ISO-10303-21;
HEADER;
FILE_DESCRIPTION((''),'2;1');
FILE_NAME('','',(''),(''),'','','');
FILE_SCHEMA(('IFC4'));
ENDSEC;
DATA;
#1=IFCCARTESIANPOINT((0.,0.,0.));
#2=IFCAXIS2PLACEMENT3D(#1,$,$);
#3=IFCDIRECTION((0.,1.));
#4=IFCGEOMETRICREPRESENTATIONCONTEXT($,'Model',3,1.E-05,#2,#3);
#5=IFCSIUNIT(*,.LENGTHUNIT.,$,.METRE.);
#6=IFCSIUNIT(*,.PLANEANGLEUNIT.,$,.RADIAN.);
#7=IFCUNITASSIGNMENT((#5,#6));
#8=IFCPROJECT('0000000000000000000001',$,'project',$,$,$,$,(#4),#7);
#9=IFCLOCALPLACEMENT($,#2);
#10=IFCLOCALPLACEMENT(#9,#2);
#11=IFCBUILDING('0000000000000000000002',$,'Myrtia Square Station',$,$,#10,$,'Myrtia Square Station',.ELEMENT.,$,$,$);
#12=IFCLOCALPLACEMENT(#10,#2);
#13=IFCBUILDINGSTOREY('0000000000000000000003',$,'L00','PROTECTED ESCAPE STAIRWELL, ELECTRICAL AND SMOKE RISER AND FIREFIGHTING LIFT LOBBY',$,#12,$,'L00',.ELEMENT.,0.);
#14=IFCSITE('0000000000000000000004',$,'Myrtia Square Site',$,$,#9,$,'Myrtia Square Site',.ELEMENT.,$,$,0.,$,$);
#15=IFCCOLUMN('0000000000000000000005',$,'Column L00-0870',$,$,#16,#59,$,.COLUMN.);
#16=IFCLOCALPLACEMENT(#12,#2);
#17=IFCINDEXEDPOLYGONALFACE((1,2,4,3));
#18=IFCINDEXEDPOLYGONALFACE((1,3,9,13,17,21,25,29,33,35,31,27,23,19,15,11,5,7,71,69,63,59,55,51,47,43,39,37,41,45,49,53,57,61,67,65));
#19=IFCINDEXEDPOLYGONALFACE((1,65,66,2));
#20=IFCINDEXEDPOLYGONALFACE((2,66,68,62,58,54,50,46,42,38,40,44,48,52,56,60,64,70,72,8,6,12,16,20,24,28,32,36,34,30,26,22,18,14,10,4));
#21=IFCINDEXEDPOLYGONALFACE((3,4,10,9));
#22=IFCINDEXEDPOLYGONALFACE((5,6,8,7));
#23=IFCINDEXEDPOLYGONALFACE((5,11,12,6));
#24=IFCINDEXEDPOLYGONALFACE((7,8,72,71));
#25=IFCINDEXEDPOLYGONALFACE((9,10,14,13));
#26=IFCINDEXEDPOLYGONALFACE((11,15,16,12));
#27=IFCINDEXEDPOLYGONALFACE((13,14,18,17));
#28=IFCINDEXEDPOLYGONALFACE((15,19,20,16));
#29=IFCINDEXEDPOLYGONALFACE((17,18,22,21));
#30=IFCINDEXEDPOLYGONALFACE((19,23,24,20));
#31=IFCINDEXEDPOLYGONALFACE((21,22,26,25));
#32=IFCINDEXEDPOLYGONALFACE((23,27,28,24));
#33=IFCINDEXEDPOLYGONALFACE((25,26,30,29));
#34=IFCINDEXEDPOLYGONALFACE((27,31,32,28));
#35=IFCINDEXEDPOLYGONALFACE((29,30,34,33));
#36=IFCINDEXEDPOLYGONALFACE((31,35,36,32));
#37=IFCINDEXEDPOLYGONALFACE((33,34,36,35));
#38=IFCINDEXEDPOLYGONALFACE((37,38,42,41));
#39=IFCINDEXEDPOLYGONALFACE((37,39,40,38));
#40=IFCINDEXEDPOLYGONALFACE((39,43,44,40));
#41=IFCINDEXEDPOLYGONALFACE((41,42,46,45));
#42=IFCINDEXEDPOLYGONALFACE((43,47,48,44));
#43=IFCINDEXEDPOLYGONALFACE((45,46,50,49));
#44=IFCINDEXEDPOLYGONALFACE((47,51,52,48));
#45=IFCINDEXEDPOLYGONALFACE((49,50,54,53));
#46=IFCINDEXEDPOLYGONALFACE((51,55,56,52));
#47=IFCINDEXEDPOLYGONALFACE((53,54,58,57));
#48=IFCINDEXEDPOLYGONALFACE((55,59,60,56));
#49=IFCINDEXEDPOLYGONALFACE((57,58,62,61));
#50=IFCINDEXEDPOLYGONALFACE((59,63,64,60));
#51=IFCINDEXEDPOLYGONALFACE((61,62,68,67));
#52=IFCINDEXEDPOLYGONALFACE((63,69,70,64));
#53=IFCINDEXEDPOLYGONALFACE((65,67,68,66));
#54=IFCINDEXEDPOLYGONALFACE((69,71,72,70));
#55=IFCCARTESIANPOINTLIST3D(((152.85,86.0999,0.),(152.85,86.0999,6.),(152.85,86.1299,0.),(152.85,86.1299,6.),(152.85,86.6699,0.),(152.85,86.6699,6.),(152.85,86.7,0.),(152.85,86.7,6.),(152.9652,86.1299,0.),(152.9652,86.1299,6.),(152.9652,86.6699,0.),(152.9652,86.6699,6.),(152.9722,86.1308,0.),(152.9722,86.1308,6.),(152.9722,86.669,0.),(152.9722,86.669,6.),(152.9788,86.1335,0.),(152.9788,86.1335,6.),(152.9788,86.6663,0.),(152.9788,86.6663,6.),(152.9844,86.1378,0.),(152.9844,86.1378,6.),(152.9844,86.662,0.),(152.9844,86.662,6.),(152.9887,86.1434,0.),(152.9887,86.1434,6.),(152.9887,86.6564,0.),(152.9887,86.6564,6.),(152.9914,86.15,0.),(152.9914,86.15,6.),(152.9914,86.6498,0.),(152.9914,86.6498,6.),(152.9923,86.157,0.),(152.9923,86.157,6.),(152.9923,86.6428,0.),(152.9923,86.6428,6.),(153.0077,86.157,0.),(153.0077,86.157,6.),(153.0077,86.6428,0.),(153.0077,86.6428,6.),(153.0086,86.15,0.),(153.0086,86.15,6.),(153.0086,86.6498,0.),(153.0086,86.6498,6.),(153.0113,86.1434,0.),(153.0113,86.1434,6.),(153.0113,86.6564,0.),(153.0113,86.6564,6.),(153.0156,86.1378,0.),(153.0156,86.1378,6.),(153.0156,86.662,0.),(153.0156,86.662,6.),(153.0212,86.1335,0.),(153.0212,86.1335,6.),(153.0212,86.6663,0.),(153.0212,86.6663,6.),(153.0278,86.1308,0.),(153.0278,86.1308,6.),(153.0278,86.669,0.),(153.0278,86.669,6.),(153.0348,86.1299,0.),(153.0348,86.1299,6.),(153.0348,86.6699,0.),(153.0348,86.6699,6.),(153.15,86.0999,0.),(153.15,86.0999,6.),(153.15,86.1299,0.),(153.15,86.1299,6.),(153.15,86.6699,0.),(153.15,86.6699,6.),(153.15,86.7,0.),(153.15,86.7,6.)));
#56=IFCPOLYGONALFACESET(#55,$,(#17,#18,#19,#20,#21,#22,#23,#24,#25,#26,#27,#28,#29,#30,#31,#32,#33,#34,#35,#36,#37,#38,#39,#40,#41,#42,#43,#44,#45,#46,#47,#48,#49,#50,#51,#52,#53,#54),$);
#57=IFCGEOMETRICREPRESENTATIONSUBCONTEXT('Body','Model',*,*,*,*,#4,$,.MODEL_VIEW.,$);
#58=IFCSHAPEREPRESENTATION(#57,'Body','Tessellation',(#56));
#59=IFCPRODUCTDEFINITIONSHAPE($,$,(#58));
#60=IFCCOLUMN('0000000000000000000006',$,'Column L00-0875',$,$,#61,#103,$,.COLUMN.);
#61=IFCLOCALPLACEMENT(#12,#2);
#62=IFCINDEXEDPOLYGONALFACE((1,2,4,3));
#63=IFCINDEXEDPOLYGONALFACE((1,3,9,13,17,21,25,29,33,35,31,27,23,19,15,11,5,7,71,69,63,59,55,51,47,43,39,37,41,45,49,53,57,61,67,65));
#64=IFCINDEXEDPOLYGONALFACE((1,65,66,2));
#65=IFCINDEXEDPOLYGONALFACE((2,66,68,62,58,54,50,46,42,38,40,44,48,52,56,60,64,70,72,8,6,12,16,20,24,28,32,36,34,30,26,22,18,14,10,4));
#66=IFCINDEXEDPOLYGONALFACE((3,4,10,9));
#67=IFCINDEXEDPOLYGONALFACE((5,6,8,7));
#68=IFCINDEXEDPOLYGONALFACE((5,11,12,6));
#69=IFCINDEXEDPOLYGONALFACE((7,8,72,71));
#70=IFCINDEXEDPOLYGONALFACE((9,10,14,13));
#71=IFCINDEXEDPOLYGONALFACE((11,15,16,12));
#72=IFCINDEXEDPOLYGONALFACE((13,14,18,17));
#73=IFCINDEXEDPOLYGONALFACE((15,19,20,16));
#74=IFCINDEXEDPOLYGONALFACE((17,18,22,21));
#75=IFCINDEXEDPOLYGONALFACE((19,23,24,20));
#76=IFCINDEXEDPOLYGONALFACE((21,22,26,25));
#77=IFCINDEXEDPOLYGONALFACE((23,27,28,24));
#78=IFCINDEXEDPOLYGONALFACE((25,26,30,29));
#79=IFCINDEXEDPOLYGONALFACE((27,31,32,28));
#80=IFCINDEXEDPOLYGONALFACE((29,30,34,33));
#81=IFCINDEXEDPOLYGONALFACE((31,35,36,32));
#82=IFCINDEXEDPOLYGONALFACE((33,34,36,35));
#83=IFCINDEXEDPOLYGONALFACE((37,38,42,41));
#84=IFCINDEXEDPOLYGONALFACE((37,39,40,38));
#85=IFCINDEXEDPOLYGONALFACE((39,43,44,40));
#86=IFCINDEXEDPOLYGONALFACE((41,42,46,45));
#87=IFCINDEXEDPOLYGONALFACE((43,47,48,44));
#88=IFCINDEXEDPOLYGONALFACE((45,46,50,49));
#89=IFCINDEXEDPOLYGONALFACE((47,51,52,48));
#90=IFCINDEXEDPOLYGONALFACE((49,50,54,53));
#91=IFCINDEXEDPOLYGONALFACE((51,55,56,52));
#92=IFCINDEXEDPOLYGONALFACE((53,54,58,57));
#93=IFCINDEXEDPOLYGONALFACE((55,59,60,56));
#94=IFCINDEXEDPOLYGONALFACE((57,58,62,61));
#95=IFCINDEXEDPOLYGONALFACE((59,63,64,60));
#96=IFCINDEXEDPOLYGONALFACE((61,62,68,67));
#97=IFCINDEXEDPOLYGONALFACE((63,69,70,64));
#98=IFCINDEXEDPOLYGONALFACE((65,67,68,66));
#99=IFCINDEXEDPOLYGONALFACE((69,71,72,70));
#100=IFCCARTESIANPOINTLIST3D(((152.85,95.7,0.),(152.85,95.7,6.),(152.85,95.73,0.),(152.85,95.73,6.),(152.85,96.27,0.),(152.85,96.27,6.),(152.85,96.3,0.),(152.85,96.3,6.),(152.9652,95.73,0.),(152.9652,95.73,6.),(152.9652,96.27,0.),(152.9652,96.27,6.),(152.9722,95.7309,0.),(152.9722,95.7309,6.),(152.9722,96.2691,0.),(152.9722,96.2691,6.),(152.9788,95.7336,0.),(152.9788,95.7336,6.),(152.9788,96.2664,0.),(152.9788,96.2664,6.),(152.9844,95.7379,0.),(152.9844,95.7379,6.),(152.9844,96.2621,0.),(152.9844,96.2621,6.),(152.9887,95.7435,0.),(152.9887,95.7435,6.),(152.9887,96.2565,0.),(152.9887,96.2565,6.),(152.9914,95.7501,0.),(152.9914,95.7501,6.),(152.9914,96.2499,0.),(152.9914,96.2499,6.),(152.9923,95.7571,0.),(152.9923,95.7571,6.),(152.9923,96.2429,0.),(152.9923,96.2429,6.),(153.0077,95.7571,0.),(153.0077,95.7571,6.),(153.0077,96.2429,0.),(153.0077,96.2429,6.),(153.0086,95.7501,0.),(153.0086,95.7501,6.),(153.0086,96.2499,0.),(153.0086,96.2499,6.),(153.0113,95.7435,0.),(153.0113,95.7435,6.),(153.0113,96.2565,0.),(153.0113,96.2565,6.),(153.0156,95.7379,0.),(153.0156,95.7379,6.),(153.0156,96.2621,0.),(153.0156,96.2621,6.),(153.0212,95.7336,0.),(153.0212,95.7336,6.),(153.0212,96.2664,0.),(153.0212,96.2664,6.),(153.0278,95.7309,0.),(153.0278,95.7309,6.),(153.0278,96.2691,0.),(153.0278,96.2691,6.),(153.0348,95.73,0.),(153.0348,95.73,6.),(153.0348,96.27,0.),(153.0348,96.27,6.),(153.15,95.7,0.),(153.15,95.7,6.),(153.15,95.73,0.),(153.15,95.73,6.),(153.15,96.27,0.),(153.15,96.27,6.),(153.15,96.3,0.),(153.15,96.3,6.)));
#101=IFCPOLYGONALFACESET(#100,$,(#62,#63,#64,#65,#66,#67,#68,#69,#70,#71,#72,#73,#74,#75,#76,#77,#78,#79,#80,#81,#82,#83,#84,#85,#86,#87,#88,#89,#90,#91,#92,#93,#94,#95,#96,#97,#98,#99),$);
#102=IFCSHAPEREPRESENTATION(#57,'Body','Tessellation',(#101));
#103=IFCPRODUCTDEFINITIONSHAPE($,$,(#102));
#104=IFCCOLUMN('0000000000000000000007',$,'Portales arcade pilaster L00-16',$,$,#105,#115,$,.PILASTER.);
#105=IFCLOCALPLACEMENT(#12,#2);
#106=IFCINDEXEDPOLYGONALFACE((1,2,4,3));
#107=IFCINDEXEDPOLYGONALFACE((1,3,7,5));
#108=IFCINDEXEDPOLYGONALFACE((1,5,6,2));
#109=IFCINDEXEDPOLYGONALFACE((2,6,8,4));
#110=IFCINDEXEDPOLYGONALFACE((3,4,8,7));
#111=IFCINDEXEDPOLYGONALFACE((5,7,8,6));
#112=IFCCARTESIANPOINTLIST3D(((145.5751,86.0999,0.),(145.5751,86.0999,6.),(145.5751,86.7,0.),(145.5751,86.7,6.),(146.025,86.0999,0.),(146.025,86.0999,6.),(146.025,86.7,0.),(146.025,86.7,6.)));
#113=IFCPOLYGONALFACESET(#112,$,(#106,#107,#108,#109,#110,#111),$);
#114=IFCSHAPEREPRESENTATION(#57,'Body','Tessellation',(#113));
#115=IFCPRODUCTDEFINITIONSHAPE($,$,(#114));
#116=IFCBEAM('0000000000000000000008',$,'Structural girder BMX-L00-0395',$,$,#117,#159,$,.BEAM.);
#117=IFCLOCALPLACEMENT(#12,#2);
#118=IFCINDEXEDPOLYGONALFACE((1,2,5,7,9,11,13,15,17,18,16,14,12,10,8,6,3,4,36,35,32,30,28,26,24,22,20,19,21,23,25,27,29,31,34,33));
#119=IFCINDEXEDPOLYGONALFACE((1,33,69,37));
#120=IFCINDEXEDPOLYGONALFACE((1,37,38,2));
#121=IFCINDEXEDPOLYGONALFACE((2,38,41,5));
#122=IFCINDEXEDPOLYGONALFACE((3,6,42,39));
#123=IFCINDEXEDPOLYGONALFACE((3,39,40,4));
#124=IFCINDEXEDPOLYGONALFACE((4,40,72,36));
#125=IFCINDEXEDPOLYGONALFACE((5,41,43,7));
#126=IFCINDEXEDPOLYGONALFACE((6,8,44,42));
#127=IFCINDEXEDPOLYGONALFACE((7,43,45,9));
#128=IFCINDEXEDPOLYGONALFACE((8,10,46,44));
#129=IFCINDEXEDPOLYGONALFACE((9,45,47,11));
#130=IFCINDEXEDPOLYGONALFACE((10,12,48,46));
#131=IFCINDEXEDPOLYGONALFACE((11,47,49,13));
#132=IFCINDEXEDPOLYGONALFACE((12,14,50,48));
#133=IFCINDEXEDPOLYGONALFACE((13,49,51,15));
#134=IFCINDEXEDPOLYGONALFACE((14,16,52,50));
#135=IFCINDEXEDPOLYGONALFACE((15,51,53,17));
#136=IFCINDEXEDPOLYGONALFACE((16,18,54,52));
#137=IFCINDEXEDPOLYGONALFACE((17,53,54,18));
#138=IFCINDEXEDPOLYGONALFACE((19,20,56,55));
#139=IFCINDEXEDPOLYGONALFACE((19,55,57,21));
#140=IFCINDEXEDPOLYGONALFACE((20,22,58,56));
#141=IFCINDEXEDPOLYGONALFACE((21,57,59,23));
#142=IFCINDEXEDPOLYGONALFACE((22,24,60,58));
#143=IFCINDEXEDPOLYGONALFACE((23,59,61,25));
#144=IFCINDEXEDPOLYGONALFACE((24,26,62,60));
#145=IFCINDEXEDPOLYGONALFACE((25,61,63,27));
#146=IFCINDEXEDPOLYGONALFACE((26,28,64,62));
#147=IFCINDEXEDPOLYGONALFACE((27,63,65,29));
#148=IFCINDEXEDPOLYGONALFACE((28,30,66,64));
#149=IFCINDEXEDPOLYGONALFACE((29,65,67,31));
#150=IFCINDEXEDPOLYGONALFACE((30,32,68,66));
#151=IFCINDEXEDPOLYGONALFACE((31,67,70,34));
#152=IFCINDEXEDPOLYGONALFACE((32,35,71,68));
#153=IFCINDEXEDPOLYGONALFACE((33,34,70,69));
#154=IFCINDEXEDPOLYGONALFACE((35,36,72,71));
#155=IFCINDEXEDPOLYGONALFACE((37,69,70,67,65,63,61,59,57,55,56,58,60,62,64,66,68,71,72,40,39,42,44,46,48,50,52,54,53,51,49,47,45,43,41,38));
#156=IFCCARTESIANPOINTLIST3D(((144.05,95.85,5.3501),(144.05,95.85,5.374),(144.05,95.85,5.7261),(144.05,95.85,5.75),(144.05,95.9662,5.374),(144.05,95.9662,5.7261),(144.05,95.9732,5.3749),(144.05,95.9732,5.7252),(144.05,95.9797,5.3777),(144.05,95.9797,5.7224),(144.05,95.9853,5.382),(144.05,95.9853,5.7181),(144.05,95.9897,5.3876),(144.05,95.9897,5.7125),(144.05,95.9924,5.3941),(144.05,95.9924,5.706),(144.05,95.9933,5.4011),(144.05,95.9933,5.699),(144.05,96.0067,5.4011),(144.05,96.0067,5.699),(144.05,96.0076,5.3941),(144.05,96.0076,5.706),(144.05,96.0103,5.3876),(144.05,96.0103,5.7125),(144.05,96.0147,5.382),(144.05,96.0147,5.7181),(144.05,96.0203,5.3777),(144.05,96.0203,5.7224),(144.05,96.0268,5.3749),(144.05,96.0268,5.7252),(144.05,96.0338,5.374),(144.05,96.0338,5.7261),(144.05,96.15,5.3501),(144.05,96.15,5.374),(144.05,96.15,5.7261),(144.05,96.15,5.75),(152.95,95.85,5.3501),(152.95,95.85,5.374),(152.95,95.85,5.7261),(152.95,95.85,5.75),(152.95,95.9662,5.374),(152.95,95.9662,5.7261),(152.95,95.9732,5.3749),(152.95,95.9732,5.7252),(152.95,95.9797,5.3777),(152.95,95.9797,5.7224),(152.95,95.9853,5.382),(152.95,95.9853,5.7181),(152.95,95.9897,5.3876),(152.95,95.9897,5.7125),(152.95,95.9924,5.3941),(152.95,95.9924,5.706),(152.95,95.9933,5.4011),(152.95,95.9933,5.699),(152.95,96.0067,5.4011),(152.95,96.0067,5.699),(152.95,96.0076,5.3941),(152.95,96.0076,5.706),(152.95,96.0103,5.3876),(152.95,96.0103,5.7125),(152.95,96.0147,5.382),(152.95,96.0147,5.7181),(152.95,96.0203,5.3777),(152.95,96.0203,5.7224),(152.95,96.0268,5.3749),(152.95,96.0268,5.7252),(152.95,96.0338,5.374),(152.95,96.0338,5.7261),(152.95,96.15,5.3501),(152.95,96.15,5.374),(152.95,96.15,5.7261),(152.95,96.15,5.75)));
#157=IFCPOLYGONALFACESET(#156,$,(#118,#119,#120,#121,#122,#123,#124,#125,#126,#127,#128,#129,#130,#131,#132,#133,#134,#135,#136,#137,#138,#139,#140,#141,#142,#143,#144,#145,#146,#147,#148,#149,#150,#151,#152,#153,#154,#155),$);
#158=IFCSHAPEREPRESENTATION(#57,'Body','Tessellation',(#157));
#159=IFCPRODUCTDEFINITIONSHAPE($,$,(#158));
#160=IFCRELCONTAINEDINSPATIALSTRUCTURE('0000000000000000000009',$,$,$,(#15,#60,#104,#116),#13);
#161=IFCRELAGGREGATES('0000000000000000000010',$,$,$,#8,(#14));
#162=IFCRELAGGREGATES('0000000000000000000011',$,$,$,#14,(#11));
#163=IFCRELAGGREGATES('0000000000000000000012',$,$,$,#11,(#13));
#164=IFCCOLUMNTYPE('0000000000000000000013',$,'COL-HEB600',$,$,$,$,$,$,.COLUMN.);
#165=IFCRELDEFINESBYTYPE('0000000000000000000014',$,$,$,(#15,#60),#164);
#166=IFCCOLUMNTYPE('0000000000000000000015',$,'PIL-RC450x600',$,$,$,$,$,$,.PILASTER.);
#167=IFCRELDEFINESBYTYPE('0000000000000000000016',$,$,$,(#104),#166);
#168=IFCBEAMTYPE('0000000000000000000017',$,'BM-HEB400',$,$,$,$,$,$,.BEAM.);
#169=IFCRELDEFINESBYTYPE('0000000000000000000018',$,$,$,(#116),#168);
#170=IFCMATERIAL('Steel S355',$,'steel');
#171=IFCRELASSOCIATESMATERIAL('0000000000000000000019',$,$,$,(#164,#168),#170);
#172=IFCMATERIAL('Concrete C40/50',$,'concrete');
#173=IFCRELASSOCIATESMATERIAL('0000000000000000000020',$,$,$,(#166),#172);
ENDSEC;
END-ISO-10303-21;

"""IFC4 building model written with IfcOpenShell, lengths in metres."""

from ifc_helpers import new_model, si_unit, direction, frame, origin, origin_2d, place, context, subcontext, project, spatial, rectangle, i_section, extrude, material, material_profile, profile_set, type_object, element, save


model = new_model("IFC4")

# Units and contexts
model_context = context("Model", 3, precision=1e-05, world=origin(), true_north=direction((0.0, 1.0)))
body_context = subcontext(model_context, "Body", "Model", "MODEL_VIEW")
ifc_project = project(units=[si_unit("LENGTHUNIT", "METRE"), si_unit("PLANEANGLEUNIT", "RADIAN")], contexts=[model_context])

# Site, building, storey
site_placement = place(None, origin())
site = spatial("IfcSite", under=ifc_project, at=site_placement, Name="Myrtia Square Site", LongName="Myrtia Square Site", CompositionType="ELEMENT", RefElevation=0.0)
building_placement = place(site_placement, origin())
building = spatial("IfcBuilding", under=site, at=building_placement, Name="Myrtia Square Station", LongName="Myrtia Square Station", CompositionType="ELEMENT")
storey_placement = place(building_placement, origin())
storey = spatial("IfcBuildingStorey", under=building, at=storey_placement, Name="L00", Description="PROTECTED ESCAPE STAIRWELL, ELECTRICAL AND SMOKE RISER AND FIREFIGHTING LIFT LOBBY", LongName="L00", CompositionType="ELEMENT", Elevation=0.0)

# Columns
ifc_material_1 = material(Name="Steel S355", Category="steel")
ifc_material_profile_1 = material_profile(ifc_material_1, i_section(OverallWidth=0.3, OverallDepth=0.6001, WebThickness=0.0154, FlangeThickness=0.03, FilletRadius=0.0271, at=origin_2d()), Name="HEB 600")
ifc_profile_set_1 = profile_set([ifc_material_profile_1], Name="Steel S355")
column_type_1 = type_object("IfcColumnType", Name="COL-HEB600", PredefinedType="COLUMN", material=ifc_profile_set_1)
for number, where, z_axis, x_axis, name in (
    (1, (153.0, 86.3999, 0.0), (0.0, 0.0, 1.0), (1.0, 0.0, 0.0), "Column L00-0870"),
    (2, (153.0, 96.0, 0.0), (0.0, 0.0, 1.0), (1.0, 0.0, 0.0), "Column L00-0875"),
):
    element("IfcColumn", number, at=place(storey_placement, frame(where, z_axis=z_axis, x_axis=x_axis)), inside=storey, type_object=column_type_1, Name=name, PredefinedType="COLUMN", context=body_context, shape_type="SweptSolid", body=[
        extrude(i_section(OverallWidth=0.3, OverallDepth=0.6001, WebThickness=0.0154, FlangeThickness=0.03, FilletRadius=0.0271, at=origin_2d()), origin(), (0.0, 0.0, 1.0), 6.0),
    ])
ifc_material_2 = material(Name="Concrete C40/50", Category="concrete")
ifc_material_profile_2 = material_profile(ifc_material_2, rectangle(XDim=0.45, YDim=0.6001, at=origin_2d()), Name="PIL 450x600")
ifc_profile_set_2 = profile_set([ifc_material_profile_2], Name="Concrete C40/50")
column_type_2 = type_object("IfcColumnType", Name="PIL-RC450x600", PredefinedType="PILASTER", material=ifc_profile_set_2)
column_placement = place(storey_placement, frame((145.8, 86.3999, 0.0), z_axis=(0.0, 0.0, 1.0), x_axis=(1.0, 0.0, 0.0)))
element("IfcColumn", 3, at=column_placement, inside=storey, type_object=column_type_2, Name="Portales arcade pilaster L00-16", PredefinedType="PILASTER", context=body_context, shape_type="SweptSolid", body=[
    extrude(rectangle(XDim=0.45, YDim=0.6001, at=origin_2d()), origin(), (0.0, 0.0, 1.0), 6.0),
])

# Beam
ifc_material_profile_3 = material_profile(ifc_material_1, i_section(OverallWidth=0.3, OverallDepth=0.3999, WebThickness=0.0134, FlangeThickness=0.0239, FilletRadius=0.0271, at=origin_2d()), Name="HEB 400")
ifc_profile_set_3 = profile_set([ifc_material_profile_3], Name="Steel S355")
beam_type_1 = type_object("IfcBeamType", Name="BM-HEB400", PredefinedType="BEAM", material=ifc_profile_set_3)
for number, where, z_axis, x_axis, name in (
    (4, (144.05, 96.0, 5.55), (1.0, 0.0, 0.0), (0.0, 1.0, 0.0), "Structural girder BMX-L00-0395"),
):
    element("IfcBeam", number, at=place(storey_placement, frame(where, z_axis=z_axis, x_axis=x_axis)), inside=storey, type_object=beam_type_1, Name=name, PredefinedType="BEAM", context=body_context, shape_type="SweptSolid", body=[
        extrude(i_section(OverallWidth=0.3, OverallDepth=0.3999, WebThickness=0.0134, FlangeThickness=0.0239, FilletRadius=0.0271, at=origin_2d()), origin(), (0.0, 0.0, 1.0), 8.8999),
    ])

save(model, "model.ifc")
